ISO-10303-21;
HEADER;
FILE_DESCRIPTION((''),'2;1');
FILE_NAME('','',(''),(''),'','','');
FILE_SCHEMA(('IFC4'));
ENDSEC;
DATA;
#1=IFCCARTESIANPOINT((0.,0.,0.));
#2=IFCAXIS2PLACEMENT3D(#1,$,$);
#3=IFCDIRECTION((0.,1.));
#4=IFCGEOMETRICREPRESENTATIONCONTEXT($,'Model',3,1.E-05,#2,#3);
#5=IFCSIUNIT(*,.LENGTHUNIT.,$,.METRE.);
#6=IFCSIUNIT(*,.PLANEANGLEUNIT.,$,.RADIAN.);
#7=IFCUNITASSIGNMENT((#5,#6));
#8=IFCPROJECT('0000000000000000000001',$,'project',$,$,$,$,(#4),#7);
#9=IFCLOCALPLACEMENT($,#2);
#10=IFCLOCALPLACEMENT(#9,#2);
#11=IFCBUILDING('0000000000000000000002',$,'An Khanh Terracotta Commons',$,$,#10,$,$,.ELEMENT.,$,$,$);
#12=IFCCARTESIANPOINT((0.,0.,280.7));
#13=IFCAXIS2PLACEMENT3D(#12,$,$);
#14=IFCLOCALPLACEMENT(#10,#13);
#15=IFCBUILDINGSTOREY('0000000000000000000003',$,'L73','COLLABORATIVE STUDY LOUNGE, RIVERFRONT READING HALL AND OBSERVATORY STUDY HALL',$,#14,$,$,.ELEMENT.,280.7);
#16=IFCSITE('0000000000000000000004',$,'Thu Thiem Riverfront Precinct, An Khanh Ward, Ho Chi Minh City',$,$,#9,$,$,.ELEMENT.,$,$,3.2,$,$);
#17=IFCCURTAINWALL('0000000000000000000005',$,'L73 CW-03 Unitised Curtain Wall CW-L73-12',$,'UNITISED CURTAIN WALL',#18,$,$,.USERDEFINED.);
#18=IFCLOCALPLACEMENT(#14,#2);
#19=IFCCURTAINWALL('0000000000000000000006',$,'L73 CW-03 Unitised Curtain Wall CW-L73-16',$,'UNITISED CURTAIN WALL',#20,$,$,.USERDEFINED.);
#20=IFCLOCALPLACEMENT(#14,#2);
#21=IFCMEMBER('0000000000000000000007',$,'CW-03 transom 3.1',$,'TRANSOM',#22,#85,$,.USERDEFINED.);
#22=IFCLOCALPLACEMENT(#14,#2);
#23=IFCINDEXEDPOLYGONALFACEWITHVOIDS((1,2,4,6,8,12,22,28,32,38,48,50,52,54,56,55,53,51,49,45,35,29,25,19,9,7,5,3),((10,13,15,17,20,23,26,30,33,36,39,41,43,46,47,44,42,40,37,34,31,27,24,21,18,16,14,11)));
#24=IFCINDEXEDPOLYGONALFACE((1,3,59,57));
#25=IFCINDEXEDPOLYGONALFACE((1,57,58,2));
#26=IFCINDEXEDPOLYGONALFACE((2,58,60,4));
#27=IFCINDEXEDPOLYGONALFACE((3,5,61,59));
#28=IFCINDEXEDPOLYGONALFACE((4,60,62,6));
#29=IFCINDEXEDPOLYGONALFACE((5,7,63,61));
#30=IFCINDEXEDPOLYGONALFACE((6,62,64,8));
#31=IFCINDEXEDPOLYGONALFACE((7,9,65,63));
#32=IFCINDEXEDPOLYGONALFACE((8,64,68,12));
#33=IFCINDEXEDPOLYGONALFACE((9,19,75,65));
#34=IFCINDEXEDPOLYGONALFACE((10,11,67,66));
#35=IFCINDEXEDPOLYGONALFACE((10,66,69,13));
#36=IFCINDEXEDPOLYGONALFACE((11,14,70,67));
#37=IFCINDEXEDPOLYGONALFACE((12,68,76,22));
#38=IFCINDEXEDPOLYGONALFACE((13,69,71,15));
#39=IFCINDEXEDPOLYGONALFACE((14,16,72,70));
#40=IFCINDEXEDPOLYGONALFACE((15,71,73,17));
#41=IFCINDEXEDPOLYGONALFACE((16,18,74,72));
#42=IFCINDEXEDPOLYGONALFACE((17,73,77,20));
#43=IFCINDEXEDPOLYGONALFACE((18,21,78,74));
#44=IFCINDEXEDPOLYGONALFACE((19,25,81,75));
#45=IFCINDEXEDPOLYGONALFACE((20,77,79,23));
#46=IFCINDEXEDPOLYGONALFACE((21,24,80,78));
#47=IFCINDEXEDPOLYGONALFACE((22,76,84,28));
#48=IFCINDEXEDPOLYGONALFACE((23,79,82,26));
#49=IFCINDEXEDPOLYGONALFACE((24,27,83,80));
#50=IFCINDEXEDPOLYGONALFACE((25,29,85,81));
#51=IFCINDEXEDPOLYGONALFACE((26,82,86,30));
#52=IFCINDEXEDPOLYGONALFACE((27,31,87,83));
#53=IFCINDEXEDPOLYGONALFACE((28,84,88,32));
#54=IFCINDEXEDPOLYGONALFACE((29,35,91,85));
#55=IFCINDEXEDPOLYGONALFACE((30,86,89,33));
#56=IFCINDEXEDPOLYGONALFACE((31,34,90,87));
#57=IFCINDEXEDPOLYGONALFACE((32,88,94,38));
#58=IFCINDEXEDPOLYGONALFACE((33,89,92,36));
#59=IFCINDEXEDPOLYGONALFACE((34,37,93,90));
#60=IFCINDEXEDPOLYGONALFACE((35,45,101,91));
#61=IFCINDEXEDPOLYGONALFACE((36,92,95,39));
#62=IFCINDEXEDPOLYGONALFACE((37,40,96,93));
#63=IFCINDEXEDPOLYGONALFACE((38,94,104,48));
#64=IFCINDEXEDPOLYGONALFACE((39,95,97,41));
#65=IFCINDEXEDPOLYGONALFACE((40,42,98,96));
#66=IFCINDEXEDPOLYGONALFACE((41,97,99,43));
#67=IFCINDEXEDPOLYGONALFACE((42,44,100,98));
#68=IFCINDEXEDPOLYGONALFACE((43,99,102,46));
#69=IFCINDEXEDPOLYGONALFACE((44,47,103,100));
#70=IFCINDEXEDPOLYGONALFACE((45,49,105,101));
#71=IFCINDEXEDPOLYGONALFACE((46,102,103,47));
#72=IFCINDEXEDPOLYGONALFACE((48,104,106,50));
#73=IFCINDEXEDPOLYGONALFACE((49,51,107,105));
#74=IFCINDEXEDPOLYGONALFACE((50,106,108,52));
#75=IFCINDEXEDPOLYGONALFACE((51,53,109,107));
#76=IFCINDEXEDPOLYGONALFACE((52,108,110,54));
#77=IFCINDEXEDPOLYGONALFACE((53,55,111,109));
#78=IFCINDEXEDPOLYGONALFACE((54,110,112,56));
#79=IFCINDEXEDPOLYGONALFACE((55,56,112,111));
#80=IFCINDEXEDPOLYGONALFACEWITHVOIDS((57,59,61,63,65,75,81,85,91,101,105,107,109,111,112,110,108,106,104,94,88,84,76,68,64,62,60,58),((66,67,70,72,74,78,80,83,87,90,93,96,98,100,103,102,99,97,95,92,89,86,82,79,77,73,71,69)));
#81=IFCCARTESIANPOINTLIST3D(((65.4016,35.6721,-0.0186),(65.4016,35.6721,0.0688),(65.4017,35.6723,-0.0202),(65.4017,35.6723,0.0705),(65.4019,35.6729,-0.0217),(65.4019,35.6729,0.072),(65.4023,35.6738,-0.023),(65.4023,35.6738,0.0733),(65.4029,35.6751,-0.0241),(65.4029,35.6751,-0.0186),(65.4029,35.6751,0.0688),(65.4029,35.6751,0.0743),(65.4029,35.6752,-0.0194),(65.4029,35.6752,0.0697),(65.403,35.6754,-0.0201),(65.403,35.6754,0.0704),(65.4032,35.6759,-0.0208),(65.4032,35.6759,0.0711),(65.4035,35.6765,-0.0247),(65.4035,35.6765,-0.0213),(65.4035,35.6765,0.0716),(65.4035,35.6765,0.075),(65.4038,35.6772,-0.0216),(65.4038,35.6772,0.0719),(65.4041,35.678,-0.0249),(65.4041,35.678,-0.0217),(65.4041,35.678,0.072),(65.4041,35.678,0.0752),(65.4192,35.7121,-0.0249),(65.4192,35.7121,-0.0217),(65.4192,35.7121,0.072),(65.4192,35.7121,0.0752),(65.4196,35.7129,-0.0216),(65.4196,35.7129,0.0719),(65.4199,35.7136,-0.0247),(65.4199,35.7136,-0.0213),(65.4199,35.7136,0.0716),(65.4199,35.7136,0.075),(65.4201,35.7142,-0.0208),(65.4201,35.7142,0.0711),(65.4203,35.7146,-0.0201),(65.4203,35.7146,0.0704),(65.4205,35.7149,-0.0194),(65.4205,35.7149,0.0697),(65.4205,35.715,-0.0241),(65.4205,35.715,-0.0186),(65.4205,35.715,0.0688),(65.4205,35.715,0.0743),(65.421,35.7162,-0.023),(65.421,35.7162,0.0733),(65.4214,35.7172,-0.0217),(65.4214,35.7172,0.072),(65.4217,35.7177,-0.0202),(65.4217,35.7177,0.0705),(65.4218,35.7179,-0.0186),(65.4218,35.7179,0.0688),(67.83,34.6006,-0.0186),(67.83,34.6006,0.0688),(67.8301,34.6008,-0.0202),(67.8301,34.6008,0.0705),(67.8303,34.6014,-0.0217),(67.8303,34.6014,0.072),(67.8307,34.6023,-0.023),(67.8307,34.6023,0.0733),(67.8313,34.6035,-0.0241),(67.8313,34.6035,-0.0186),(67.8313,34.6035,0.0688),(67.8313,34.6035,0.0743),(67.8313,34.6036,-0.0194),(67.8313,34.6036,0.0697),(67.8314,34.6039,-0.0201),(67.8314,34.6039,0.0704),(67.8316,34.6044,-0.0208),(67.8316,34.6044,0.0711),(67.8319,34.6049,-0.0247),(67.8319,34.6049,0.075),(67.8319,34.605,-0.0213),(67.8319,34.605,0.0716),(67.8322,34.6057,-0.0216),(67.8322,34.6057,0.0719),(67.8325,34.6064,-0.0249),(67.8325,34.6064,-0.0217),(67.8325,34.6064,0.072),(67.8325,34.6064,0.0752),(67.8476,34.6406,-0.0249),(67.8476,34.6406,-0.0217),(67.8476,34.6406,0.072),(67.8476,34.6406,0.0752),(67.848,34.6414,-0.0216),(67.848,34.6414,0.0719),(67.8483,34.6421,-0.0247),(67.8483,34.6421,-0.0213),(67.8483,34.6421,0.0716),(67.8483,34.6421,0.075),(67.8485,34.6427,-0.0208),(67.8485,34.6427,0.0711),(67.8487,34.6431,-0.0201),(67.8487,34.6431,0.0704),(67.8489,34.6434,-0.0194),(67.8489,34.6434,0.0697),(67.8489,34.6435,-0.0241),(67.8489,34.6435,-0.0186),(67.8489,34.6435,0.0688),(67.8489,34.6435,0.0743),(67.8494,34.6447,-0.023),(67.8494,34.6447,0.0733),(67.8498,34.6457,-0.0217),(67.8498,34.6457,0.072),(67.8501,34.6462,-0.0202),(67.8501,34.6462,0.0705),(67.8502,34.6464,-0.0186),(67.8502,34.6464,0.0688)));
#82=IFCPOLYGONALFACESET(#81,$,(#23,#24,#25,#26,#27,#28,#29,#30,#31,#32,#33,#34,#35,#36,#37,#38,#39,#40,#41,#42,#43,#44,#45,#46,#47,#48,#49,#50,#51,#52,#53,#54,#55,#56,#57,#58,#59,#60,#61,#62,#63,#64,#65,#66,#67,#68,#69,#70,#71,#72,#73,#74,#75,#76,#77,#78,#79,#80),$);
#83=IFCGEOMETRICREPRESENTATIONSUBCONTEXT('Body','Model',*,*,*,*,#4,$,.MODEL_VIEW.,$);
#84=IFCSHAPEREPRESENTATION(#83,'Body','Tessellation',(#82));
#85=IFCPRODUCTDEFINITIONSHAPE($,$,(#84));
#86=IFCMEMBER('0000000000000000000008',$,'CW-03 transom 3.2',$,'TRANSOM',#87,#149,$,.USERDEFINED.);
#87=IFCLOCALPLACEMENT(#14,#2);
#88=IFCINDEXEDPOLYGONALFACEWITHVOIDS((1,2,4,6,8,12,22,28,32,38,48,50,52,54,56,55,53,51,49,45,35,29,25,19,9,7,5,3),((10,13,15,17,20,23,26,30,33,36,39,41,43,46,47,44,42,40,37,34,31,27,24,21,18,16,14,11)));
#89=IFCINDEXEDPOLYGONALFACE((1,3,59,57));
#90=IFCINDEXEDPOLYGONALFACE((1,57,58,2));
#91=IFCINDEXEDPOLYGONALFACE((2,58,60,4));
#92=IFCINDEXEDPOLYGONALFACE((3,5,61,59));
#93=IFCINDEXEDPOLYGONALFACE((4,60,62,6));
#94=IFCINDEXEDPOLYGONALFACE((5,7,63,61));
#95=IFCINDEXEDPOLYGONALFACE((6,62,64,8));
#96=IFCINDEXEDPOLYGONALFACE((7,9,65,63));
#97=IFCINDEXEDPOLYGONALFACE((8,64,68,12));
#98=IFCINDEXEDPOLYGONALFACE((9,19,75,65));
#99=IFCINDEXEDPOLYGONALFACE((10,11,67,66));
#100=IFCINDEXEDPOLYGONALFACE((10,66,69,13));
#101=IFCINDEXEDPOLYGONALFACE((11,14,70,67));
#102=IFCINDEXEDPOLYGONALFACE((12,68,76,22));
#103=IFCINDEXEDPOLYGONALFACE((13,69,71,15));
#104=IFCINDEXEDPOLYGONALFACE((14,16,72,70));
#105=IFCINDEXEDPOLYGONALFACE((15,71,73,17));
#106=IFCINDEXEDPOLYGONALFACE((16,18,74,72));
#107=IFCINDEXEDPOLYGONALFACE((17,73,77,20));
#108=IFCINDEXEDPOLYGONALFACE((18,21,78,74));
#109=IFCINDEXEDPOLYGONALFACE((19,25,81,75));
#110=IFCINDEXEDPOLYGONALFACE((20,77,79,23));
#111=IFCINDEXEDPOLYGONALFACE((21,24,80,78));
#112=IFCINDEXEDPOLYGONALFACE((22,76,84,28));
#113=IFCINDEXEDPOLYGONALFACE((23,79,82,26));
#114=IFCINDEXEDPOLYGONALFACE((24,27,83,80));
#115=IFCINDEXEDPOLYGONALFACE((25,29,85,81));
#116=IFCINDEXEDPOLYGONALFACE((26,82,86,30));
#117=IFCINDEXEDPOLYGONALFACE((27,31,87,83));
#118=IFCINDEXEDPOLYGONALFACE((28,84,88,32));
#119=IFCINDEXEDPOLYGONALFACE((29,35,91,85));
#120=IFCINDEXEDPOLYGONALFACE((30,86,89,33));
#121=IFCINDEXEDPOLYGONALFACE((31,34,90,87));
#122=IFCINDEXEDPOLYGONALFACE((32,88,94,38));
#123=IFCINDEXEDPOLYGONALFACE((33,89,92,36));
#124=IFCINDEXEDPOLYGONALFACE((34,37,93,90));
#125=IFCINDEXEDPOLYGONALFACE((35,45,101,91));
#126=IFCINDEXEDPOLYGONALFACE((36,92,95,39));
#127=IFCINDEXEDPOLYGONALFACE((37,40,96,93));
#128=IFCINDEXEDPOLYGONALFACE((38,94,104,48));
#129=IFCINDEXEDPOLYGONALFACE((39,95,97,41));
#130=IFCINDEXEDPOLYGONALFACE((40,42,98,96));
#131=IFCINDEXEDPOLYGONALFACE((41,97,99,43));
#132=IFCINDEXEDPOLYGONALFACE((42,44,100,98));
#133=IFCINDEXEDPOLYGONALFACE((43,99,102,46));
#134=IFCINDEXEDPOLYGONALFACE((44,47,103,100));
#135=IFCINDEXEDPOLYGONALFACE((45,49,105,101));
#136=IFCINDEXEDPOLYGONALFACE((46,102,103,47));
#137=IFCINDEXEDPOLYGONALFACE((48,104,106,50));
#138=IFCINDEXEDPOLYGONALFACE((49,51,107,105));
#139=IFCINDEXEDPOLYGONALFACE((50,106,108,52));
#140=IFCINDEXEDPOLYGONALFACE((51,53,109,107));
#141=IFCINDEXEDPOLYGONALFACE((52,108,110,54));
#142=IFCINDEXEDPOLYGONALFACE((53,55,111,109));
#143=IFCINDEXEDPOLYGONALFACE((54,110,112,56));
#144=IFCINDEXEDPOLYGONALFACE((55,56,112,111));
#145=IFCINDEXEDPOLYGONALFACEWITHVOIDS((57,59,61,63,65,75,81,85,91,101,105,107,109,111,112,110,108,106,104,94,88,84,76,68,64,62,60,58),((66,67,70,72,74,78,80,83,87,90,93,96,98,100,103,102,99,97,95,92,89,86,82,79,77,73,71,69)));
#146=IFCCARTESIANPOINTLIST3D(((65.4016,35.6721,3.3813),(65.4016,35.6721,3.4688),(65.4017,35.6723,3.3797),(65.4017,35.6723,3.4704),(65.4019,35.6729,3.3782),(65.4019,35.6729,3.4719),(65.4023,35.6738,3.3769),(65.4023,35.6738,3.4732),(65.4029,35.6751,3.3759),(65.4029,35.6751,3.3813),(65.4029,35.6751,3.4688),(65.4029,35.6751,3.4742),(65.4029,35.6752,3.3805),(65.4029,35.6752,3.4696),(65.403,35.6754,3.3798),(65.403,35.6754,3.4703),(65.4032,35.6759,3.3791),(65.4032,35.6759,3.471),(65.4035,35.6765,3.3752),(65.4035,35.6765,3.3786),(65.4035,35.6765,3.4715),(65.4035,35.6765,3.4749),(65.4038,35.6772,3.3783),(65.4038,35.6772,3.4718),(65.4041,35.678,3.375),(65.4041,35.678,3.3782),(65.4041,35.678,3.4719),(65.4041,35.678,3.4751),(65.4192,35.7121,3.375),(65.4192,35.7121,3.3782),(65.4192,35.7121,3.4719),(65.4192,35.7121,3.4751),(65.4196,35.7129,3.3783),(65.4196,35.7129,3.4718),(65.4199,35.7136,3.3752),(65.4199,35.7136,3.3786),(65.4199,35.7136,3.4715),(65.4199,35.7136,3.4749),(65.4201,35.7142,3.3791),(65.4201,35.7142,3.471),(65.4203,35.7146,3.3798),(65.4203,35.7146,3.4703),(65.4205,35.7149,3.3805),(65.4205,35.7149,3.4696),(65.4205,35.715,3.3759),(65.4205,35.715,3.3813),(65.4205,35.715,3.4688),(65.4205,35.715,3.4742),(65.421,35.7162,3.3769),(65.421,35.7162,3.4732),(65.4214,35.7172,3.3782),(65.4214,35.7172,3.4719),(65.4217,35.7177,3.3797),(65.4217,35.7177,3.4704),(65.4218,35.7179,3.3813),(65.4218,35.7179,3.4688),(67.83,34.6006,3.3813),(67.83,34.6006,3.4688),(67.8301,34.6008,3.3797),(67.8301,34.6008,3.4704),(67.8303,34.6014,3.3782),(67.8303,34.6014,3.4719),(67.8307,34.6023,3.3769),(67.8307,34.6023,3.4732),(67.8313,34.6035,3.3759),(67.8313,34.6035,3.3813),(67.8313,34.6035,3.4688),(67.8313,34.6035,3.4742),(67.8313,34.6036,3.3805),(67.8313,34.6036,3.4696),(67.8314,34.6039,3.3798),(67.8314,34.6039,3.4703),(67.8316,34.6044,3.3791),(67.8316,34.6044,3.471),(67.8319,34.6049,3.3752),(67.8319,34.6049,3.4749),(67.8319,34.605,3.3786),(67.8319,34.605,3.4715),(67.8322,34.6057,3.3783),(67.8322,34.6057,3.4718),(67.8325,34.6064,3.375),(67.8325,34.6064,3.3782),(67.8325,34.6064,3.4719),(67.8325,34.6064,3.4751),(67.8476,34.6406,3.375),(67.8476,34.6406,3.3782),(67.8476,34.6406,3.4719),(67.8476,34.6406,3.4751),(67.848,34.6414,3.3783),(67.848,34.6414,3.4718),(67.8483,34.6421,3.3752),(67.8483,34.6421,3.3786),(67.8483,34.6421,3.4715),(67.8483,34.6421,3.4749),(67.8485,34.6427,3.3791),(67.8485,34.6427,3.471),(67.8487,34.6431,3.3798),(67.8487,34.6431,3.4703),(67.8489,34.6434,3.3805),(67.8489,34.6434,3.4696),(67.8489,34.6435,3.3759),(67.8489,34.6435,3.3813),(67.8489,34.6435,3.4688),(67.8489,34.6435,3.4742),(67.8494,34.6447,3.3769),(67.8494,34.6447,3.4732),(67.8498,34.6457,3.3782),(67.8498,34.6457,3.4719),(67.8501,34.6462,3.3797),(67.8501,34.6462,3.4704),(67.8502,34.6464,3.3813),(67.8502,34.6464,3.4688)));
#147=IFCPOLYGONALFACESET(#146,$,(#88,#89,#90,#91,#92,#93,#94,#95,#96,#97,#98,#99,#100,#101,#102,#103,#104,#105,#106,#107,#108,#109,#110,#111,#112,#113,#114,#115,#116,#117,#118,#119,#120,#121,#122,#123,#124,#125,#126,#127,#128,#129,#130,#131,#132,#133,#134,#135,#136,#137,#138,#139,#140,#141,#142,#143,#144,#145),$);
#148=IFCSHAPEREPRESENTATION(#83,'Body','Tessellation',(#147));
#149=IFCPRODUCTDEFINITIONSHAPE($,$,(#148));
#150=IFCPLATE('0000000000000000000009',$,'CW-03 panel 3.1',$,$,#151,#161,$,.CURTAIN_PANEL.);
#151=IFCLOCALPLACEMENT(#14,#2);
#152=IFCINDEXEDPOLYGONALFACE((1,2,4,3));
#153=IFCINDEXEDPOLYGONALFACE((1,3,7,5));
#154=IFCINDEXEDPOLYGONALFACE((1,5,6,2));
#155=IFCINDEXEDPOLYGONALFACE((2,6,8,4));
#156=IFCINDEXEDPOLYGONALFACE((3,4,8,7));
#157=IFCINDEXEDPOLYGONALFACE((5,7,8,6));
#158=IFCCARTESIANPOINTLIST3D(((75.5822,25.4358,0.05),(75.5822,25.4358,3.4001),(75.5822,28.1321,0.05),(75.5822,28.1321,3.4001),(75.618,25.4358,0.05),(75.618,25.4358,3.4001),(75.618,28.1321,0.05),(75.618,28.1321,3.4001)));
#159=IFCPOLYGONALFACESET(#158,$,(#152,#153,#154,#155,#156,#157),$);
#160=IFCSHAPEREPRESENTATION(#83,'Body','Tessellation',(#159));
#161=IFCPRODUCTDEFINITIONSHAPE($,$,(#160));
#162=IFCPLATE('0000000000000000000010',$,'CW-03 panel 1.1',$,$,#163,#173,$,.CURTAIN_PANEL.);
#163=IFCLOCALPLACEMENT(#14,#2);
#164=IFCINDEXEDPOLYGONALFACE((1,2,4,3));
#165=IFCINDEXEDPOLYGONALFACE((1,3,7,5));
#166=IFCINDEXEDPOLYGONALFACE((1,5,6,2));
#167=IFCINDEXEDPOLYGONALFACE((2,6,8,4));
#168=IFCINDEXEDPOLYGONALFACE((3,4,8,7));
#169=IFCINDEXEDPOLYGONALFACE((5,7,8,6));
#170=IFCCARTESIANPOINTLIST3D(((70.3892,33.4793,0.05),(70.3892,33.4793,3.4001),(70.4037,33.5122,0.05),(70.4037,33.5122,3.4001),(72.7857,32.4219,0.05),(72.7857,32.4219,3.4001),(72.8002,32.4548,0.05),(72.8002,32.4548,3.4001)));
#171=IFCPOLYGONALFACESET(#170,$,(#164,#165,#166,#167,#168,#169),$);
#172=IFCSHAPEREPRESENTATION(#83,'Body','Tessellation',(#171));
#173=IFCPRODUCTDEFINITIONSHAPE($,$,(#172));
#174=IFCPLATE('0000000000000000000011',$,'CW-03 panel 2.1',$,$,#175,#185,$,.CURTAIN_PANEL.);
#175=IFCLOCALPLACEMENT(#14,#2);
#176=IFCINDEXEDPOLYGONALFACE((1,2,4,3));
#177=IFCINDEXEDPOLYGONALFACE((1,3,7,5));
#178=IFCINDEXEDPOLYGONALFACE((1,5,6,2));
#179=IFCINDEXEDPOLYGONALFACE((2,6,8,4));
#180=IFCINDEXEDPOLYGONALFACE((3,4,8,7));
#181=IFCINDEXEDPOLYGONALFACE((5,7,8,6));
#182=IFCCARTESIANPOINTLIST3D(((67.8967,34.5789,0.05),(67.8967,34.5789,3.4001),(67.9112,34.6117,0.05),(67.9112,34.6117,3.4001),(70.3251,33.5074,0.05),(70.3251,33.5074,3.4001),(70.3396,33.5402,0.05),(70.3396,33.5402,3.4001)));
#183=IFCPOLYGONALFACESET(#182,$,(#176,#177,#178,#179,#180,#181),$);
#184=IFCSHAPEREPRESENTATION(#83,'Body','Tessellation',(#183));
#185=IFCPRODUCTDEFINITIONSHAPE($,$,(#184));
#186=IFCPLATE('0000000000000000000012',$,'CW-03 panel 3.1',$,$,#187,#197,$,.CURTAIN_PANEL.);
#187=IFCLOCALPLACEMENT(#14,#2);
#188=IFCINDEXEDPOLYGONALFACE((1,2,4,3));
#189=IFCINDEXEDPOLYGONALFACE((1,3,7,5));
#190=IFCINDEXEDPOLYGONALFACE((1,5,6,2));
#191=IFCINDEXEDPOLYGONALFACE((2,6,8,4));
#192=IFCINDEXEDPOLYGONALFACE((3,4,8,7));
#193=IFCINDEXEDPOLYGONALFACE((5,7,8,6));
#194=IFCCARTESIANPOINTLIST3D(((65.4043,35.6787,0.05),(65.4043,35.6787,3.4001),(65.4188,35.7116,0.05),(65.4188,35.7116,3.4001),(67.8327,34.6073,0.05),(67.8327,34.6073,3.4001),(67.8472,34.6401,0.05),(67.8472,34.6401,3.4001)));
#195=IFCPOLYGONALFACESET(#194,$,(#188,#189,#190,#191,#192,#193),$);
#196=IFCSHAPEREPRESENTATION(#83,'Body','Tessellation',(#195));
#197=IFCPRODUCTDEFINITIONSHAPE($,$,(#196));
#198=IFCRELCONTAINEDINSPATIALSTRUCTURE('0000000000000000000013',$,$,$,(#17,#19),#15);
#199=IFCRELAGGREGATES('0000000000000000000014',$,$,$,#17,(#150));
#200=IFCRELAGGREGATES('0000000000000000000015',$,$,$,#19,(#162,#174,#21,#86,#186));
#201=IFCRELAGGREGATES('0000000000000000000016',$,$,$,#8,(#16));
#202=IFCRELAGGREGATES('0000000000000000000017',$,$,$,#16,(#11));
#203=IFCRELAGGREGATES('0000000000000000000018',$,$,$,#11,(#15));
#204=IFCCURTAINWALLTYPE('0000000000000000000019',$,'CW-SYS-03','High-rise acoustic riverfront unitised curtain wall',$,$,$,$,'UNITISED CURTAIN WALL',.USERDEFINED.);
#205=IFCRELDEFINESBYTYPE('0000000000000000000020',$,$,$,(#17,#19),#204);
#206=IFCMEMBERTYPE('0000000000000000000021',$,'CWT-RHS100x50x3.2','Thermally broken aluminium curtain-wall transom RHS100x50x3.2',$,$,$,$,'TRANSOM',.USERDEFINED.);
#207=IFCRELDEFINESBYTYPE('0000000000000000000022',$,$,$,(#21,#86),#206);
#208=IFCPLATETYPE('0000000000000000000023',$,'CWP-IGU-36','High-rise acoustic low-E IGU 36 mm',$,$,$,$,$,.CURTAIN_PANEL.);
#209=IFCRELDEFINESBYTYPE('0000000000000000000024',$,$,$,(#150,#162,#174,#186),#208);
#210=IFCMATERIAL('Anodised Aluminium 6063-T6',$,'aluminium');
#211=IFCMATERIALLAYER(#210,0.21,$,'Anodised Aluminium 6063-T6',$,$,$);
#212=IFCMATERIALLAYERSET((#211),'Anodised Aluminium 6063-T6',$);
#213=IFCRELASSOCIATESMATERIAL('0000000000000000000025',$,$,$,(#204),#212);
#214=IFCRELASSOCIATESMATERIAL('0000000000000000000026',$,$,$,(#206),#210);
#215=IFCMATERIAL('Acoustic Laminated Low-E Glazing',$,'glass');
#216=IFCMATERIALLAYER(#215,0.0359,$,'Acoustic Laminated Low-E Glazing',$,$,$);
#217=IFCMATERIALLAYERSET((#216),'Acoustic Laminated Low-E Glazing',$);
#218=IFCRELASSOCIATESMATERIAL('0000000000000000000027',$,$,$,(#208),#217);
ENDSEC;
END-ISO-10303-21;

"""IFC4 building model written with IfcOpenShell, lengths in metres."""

from ifc_helpers import new_model, si_unit, direction, frame, origin, origin_2d, place, context, subcontext, project, spatial, rectangle, hollow_rectangle, extrude, material, layer, layer_set, material_profile, profile_set, type_object, element, aggregate, save


model = new_model("IFC4")

# Units and contexts
model_context = context("Model", 3, precision=1e-05, world=origin(), true_north=direction((0.0, 1.0)))
body_context = subcontext(model_context, "Body", "Model", "MODEL_VIEW")
ifc_project = project(units=[si_unit("LENGTHUNIT", "METRE"), si_unit("PLANEANGLEUNIT", "RADIAN")], contexts=[model_context])

# Site, building, storey
site_placement = place(None, origin())
site = spatial("IfcSite", under=ifc_project, at=site_placement, Name="Thu Thiem Riverfront Precinct, An Khanh Ward, Ho Chi Minh City", CompositionType="ELEMENT", RefElevation=3.2)
building_placement = place(site_placement, origin())
building = spatial("IfcBuilding", under=site, at=building_placement, Name="An Khanh Terracotta Commons", CompositionType="ELEMENT")
storey_placement = place(building_placement, frame((0.0, 0.0, 280.7)))
storey = spatial("IfcBuildingStorey", under=building, at=storey_placement, Name="L73", Description="COLLABORATIVE STUDY LOUNGE, RIVERFRONT READING HALL AND OBSERVATORY STUDY HALL", CompositionType="ELEMENT", Elevation=280.7)

# Curtain walls
ifc_material_1 = material(Name="Anodised Aluminium 6063-T6", Category="aluminium")
ifc_layer_1 = layer(ifc_material_1, 0.21, Name="Anodised Aluminium 6063-T6")
ifc_layer_set_1 = layer_set([ifc_layer_1], Name="Anodised Aluminium 6063-T6")
curtain_wall_type = type_object("IfcCurtainWallType", Name="CW-SYS-03", Description="High-rise acoustic riverfront unitised curtain wall", ElementType="UNITISED CURTAIN WALL", PredefinedType="USERDEFINED", material=ifc_layer_set_1)
curtain_wall_1_placement = place(storey_placement, origin())
curtain_wall_1 = element("IfcCurtainWall", 1, at=curtain_wall_1_placement, inside=storey, type_object=curtain_wall_type, Name="L73 CW-03 Unitised Curtain Wall CW-L73-12", ObjectType="UNITISED CURTAIN WALL", PredefinedType="USERDEFINED")
curtain_wall_2_placement = place(storey_placement, origin())
curtain_wall_2 = element("IfcCurtainWall", 2, at=curtain_wall_2_placement, inside=storey, type_object=curtain_wall_type, Name="L73 CW-03 Unitised Curtain Wall CW-L73-16", ObjectType="UNITISED CURTAIN WALL", PredefinedType="USERDEFINED")

# Members
ifc_material_profile_1 = material_profile(ifc_material_1, hollow_rectangle(XDim=0.05, YDim=0.1001, WallThickness=0.0032, InnerFilletRadius=0.0032, OuterFilletRadius=0.0063, at=origin_2d()), Name="RHS100x50x3.2")
ifc_profile_set_1 = profile_set([ifc_material_profile_1], Name="Anodised Aluminium 6063-T6")
member_type_1 = type_object("IfcMemberType", Name="CWT-RHS100x50x3.2", Description="Thermally broken aluminium curtain-wall transom RHS100x50x3.2", ElementType="TRANSOM", PredefinedType="USERDEFINED", material=ifc_profile_set_1)
member_1_placement = place(storey_placement, frame((67.8401, 34.6235, 0.0251), z_axis=(-0.914897, 0.403688, 0.0), x_axis=(-0.403688, -0.914897, 0.0)))
member_1 = element("IfcMember", 3, at=member_1_placement, type_object=member_type_1, Name="CW-03 transom 3.1", ObjectType="TRANSOM", PredefinedType="USERDEFINED", context=body_context, shape_type="SweptSolid", body=[
    extrude(hollow_rectangle(XDim=0.05, YDim=0.1001, WallThickness=0.0032, InnerFilletRadius=0.0032, OuterFilletRadius=0.0063, at=origin_2d()), origin(), (0.0, 0.0, 1.0), 2.6543),
])
member_2_placement = place(storey_placement, frame((67.8401, 34.6235, 3.425), z_axis=(-0.914897, 0.403688, 0.0), x_axis=(-0.403688, -0.914897, 0.0)))
member_2 = element("IfcMember", 4, at=member_2_placement, type_object=member_type_1, Name="CW-03 transom 3.2", ObjectType="TRANSOM", PredefinedType="USERDEFINED", context=body_context, shape_type="SweptSolid", body=[
    extrude(hollow_rectangle(XDim=0.05, YDim=0.1001, WallThickness=0.0032, InnerFilletRadius=0.0032, OuterFilletRadius=0.0063, at=origin_2d()), origin(), (0.0, 0.0, 1.0), 2.6543),
])

# Plates
ifc_material_2 = material(Name="Acoustic Laminated Low-E Glazing", Category="glass")
ifc_layer_2 = layer(ifc_material_2, 0.0359, Name="Acoustic Laminated Low-E Glazing")
ifc_layer_set_2 = layer_set([ifc_layer_2], Name="Acoustic Laminated Low-E Glazing")
plate_type = type_object("IfcPlateType", Name="CWP-IGU-36", Description="High-rise acoustic low-E IGU 36 mm", PredefinedType="CURTAIN_PANEL", material=ifc_layer_set_2)
plate_1_placement = place(storey_placement, frame((75.6001, 26.7839, 0.05), z_axis=(0.0, 0.0, 1.0), x_axis=(0.0, 1.0, 0.0)))
plate_1 = element("IfcPlate", 5, at=plate_1_placement, type_object=plate_type, Name="CW-03 panel 3.1", PredefinedType="CURTAIN_PANEL", context=body_context, shape_type="SweptSolid", body=[
    extrude(rectangle(XDim=2.6963, YDim=0.0359, at=origin_2d()), origin(), (0.0, 0.0, 1.0), 3.3501),
])
aggregate(curtain_wall_1, [plate_1])
plate_2_placement = place(storey_placement, frame((71.5947, 32.967, 0.05), z_axis=(0.0, 0.0, 1.0), x_axis=(-0.914902, 0.403676, 0.0)))
plate_2 = element("IfcPlate", 6, at=plate_2_placement, type_object=plate_type, Name="CW-03 panel 1.1", PredefinedType="CURTAIN_PANEL", context=body_context, shape_type="SweptSolid", body=[
    extrude(rectangle(XDim=2.6194, YDim=0.0359, at=origin_2d()), origin(), (0.0, 0.0, 1.0), 3.3501),
])
plate_3_placement = place(storey_placement, frame((69.1182, 34.0596, 0.05), z_axis=(0.0, 0.0, 1.0), x_axis=(-0.914902, 0.403676, 0.0)))
plate_3 = element("IfcPlate", 7, at=plate_3_placement, type_object=plate_type, Name="CW-03 panel 2.1", PredefinedType="CURTAIN_PANEL", context=body_context, shape_type="SweptSolid", body=[
    extrude(rectangle(XDim=2.6543, YDim=0.0359, at=origin_2d()), origin(), (0.0, 0.0, 1.0), 3.3501),
])
plate_4_placement = place(storey_placement, frame((66.6257, 35.1594, 0.05), z_axis=(0.0, 0.0, 1.0), x_axis=(-0.914902, 0.403676, 0.0)))
plate_4 = element("IfcPlate", 8, at=plate_4_placement, type_object=plate_type, Name="CW-03 panel 3.1", PredefinedType="CURTAIN_PANEL", context=body_context, shape_type="SweptSolid", body=[
    extrude(rectangle(XDim=2.6543, YDim=0.0359, at=origin_2d()), origin(), (0.0, 0.0, 1.0), 3.3501),
])
aggregate(curtain_wall_2, [plate_2, plate_3, member_1, member_2, plate_4])

save(model, "model.ifc")
